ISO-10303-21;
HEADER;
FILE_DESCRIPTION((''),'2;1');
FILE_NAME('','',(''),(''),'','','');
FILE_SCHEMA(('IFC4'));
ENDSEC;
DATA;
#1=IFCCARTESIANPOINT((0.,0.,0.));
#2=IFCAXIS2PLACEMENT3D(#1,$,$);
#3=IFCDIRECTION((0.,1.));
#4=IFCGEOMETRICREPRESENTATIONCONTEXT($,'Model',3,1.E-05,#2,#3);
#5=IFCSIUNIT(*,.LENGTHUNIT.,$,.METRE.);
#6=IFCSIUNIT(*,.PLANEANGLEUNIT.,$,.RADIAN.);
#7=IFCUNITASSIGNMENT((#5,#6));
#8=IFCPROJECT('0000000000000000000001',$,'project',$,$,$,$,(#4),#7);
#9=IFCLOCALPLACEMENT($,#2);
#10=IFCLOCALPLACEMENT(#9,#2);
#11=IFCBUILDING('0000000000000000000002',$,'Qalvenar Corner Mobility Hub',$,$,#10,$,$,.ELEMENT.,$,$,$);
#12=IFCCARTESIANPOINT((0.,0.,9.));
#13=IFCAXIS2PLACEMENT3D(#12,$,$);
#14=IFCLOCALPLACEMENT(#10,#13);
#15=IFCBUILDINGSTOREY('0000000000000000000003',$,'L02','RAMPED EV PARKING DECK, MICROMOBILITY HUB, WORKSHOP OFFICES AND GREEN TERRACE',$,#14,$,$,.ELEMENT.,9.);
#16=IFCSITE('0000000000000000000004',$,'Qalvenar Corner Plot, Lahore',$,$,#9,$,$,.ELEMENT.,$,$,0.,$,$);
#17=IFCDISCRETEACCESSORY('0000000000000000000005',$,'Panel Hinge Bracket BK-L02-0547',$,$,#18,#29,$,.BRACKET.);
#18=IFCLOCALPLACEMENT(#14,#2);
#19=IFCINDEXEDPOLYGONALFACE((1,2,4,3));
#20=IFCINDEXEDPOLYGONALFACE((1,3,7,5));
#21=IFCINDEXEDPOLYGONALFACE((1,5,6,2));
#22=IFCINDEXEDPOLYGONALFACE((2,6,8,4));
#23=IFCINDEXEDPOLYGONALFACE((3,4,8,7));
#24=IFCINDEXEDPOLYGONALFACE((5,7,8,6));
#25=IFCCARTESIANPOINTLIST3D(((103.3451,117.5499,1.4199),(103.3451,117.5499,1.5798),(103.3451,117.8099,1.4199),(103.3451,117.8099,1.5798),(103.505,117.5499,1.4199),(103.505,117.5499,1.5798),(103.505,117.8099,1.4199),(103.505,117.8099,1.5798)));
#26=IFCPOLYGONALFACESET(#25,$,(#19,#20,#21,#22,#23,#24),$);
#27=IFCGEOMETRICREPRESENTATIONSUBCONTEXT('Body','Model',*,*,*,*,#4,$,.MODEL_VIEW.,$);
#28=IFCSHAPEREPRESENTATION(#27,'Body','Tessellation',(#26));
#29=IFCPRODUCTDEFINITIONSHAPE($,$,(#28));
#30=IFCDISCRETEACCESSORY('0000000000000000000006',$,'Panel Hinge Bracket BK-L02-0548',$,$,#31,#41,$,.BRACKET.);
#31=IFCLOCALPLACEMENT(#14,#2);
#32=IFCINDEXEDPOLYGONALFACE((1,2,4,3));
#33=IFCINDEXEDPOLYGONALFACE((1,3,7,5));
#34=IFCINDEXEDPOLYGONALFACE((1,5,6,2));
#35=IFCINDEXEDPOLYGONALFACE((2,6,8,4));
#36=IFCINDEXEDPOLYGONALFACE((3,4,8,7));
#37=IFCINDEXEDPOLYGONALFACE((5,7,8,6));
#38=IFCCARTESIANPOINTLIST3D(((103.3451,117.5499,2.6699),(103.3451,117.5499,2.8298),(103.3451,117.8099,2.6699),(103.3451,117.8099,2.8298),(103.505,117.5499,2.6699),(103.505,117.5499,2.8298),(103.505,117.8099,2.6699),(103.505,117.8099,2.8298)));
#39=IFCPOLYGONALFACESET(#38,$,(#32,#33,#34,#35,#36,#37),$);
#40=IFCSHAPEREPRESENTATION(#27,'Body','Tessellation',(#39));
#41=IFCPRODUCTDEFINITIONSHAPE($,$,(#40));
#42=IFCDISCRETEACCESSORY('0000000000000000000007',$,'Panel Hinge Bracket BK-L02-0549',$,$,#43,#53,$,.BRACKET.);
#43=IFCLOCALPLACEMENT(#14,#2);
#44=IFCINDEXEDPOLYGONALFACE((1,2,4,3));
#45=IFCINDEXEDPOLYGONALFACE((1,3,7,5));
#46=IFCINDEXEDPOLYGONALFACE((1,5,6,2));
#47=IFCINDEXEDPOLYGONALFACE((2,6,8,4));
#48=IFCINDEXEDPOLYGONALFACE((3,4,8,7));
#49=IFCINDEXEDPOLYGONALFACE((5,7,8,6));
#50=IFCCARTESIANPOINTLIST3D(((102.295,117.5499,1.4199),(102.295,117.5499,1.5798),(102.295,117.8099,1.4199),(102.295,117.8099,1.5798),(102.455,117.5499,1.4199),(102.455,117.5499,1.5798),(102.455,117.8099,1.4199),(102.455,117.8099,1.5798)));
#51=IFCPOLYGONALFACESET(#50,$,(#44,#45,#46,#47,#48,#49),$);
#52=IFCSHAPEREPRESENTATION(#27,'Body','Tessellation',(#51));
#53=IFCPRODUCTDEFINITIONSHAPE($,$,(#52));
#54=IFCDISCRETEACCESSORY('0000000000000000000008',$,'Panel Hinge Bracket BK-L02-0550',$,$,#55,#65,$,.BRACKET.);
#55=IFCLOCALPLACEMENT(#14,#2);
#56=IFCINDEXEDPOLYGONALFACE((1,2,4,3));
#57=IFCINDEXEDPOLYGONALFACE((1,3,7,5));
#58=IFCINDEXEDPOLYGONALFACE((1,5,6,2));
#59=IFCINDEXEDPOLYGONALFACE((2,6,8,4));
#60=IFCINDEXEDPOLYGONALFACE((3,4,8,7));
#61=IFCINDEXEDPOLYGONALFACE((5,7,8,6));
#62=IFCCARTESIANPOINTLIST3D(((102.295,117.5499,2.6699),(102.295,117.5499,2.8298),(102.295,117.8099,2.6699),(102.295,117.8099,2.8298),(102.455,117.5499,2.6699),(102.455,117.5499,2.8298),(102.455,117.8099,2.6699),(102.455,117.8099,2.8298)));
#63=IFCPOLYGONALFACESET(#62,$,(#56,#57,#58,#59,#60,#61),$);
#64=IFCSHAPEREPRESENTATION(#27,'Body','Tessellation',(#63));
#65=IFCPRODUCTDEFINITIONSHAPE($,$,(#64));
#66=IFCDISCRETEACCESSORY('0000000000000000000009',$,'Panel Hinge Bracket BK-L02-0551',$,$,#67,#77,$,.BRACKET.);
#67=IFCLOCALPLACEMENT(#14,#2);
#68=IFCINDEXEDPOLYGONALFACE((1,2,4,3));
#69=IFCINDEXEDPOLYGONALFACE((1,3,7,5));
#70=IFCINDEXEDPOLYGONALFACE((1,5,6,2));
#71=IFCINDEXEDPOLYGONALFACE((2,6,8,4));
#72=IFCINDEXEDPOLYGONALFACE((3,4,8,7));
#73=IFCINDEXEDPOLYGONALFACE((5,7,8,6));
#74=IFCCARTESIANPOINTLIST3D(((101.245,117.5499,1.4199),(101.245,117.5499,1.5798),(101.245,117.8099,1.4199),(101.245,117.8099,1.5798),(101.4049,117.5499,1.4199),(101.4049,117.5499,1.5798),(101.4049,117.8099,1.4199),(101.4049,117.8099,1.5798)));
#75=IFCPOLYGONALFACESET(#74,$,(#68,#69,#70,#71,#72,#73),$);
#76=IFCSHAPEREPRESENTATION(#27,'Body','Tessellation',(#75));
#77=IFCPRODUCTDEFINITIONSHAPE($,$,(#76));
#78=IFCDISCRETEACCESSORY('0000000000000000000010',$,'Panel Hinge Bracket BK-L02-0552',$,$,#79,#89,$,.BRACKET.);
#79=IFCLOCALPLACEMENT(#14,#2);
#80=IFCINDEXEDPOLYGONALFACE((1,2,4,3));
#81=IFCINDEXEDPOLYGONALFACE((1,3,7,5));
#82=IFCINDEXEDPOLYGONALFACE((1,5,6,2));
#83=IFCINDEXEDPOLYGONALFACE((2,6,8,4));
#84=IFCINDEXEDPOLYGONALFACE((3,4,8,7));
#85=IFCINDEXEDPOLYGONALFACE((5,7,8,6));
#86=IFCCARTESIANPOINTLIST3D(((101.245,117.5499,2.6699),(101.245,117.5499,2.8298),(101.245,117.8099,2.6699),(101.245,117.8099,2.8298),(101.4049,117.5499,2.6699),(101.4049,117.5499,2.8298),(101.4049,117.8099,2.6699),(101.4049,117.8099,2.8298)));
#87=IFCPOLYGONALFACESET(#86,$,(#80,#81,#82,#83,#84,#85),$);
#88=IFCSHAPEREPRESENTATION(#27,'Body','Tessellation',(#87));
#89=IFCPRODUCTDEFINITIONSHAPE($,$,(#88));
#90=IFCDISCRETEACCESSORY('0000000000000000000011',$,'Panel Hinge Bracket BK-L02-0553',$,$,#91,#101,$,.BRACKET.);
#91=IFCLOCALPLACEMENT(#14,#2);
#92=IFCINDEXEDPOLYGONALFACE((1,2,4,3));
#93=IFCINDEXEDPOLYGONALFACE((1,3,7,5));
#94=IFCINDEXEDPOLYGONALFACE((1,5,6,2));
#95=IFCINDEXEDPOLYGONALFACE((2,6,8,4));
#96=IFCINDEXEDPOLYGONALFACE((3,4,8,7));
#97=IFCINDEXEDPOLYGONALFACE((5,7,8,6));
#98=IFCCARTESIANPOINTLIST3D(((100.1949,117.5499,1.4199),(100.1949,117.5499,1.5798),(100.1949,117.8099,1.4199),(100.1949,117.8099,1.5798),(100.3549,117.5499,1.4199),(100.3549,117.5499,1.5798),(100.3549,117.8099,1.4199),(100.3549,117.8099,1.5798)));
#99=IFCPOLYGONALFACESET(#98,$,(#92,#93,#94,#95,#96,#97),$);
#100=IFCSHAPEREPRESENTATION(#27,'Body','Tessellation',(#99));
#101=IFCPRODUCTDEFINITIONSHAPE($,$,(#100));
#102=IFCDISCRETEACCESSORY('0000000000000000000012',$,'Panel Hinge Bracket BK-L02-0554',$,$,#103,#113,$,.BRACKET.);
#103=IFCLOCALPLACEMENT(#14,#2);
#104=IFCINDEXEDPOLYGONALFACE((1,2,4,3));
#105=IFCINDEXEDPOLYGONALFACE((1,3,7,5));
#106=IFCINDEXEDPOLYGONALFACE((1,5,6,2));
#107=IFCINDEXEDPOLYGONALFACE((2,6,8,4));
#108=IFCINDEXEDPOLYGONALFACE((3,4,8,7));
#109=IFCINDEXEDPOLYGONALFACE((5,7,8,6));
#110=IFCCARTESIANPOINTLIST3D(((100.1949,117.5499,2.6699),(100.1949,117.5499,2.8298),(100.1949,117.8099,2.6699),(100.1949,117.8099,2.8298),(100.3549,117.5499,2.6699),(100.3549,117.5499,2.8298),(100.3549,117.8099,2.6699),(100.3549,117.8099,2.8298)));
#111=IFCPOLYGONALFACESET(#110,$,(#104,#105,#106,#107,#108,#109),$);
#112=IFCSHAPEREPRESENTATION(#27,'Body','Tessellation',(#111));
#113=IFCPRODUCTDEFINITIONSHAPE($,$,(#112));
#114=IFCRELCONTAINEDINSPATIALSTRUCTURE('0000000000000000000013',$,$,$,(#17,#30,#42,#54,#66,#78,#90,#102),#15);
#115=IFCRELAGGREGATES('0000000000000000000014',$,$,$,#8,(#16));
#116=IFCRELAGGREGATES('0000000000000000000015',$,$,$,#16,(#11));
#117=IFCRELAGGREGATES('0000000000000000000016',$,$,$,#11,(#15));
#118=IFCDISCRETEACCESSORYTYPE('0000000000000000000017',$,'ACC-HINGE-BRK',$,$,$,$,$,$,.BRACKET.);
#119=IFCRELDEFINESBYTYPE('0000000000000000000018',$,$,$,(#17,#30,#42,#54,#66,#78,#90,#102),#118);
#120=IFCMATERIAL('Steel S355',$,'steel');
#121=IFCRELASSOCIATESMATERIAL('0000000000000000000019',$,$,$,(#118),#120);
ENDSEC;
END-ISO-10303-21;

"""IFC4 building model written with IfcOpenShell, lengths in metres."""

from ifc_helpers import new_model, si_unit, direction, frame, origin, origin_2d, place, context, subcontext, project, spatial, rectangle, extrude, material, type_object, element, save


model = new_model("IFC4")

# Units and contexts
model_context = context("Model", 3, precision=1e-05, world=origin(), true_north=direction((0.0, 1.0)))
body_context = subcontext(model_context, "Body", "Model", "MODEL_VIEW")
ifc_project = project(units=[si_unit("LENGTHUNIT", "METRE"), si_unit("PLANEANGLEUNIT", "RADIAN")], contexts=[model_context])

# Site, building, storey
site_placement = place(None, origin())
site = spatial("IfcSite", under=ifc_project, at=site_placement, Name="Qalvenar Corner Plot, Lahore", CompositionType="ELEMENT", RefElevation=0.0)
building_placement = place(site_placement, origin())
building = spatial("IfcBuilding", under=site, at=building_placement, Name="Qalvenar Corner Mobility Hub", CompositionType="ELEMENT")
storey_placement = place(building_placement, frame((0.0, 0.0, 9.0)))
storey = spatial("IfcBuildingStorey", under=building, at=storey_placement, Name="L02", Description="RAMPED EV PARKING DECK, MICROMOBILITY HUB, WORKSHOP OFFICES AND GREEN TERRACE", CompositionType="ELEMENT", Elevation=9.0)

# Shared definitions
ifc_material = material(Name="Steel S355", Category="steel")

# Discrete accessories
discrete_accessory_type_1 = type_object("IfcDiscreteAccessoryType", Name="ACC-HINGE-BRK", PredefinedType="BRACKET", material=ifc_material)
for number, where, z_axis, x_axis, name in (
    (1, (103.425, 117.6799, 1.4199), (0.0, 0.0, 1.0), (-1.0, 0.0, 0.0), "Panel Hinge Bracket BK-L02-0547"),
    (2, (103.425, 117.6799, 2.6699), (0.0, 0.0, 1.0), (-1.0, 0.0, 0.0), "Panel Hinge Bracket BK-L02-0548"),
    (3, (102.375, 117.6799, 1.4199), (0.0, 0.0, 1.0), (-1.0, 0.0, 0.0), "Panel Hinge Bracket BK-L02-0549"),
    (4, (102.375, 117.6799, 2.6699), (0.0, 0.0, 1.0), (-1.0, 0.0, 0.0), "Panel Hinge Bracket BK-L02-0550"),
    (5, (101.325, 117.6799, 1.4199), (0.0, 0.0, 1.0), (-1.0, 0.0, 0.0), "Panel Hinge Bracket BK-L02-0551"),
    (6, (101.325, 117.6799, 2.6699), (0.0, 0.0, 1.0), (-1.0, 0.0, 0.0), "Panel Hinge Bracket BK-L02-0552"),
    (7, (100.2749, 117.6799, 1.4199), (0.0, 0.0, 1.0), (-1.0, 0.0, 0.0), "Panel Hinge Bracket BK-L02-0553"),
    (8, (100.2749, 117.6799, 2.6699), (0.0, 0.0, 1.0), (-1.0, 0.0, 0.0), "Panel Hinge Bracket BK-L02-0554"),
):
    element("IfcDiscreteAccessory", number, at=place(storey_placement, frame(where, z_axis=z_axis, x_axis=x_axis)), inside=storey, type_object=discrete_accessory_type_1, Name=name, PredefinedType="BRACKET", context=body_context, shape_type="SweptSolid", body=[
        extrude(rectangle(XDim=0.1599, YDim=0.26, at=origin_2d()), origin(), (0.0, 0.0, 1.0), 0.1599),
    ])

save(model, "model.ifc")
